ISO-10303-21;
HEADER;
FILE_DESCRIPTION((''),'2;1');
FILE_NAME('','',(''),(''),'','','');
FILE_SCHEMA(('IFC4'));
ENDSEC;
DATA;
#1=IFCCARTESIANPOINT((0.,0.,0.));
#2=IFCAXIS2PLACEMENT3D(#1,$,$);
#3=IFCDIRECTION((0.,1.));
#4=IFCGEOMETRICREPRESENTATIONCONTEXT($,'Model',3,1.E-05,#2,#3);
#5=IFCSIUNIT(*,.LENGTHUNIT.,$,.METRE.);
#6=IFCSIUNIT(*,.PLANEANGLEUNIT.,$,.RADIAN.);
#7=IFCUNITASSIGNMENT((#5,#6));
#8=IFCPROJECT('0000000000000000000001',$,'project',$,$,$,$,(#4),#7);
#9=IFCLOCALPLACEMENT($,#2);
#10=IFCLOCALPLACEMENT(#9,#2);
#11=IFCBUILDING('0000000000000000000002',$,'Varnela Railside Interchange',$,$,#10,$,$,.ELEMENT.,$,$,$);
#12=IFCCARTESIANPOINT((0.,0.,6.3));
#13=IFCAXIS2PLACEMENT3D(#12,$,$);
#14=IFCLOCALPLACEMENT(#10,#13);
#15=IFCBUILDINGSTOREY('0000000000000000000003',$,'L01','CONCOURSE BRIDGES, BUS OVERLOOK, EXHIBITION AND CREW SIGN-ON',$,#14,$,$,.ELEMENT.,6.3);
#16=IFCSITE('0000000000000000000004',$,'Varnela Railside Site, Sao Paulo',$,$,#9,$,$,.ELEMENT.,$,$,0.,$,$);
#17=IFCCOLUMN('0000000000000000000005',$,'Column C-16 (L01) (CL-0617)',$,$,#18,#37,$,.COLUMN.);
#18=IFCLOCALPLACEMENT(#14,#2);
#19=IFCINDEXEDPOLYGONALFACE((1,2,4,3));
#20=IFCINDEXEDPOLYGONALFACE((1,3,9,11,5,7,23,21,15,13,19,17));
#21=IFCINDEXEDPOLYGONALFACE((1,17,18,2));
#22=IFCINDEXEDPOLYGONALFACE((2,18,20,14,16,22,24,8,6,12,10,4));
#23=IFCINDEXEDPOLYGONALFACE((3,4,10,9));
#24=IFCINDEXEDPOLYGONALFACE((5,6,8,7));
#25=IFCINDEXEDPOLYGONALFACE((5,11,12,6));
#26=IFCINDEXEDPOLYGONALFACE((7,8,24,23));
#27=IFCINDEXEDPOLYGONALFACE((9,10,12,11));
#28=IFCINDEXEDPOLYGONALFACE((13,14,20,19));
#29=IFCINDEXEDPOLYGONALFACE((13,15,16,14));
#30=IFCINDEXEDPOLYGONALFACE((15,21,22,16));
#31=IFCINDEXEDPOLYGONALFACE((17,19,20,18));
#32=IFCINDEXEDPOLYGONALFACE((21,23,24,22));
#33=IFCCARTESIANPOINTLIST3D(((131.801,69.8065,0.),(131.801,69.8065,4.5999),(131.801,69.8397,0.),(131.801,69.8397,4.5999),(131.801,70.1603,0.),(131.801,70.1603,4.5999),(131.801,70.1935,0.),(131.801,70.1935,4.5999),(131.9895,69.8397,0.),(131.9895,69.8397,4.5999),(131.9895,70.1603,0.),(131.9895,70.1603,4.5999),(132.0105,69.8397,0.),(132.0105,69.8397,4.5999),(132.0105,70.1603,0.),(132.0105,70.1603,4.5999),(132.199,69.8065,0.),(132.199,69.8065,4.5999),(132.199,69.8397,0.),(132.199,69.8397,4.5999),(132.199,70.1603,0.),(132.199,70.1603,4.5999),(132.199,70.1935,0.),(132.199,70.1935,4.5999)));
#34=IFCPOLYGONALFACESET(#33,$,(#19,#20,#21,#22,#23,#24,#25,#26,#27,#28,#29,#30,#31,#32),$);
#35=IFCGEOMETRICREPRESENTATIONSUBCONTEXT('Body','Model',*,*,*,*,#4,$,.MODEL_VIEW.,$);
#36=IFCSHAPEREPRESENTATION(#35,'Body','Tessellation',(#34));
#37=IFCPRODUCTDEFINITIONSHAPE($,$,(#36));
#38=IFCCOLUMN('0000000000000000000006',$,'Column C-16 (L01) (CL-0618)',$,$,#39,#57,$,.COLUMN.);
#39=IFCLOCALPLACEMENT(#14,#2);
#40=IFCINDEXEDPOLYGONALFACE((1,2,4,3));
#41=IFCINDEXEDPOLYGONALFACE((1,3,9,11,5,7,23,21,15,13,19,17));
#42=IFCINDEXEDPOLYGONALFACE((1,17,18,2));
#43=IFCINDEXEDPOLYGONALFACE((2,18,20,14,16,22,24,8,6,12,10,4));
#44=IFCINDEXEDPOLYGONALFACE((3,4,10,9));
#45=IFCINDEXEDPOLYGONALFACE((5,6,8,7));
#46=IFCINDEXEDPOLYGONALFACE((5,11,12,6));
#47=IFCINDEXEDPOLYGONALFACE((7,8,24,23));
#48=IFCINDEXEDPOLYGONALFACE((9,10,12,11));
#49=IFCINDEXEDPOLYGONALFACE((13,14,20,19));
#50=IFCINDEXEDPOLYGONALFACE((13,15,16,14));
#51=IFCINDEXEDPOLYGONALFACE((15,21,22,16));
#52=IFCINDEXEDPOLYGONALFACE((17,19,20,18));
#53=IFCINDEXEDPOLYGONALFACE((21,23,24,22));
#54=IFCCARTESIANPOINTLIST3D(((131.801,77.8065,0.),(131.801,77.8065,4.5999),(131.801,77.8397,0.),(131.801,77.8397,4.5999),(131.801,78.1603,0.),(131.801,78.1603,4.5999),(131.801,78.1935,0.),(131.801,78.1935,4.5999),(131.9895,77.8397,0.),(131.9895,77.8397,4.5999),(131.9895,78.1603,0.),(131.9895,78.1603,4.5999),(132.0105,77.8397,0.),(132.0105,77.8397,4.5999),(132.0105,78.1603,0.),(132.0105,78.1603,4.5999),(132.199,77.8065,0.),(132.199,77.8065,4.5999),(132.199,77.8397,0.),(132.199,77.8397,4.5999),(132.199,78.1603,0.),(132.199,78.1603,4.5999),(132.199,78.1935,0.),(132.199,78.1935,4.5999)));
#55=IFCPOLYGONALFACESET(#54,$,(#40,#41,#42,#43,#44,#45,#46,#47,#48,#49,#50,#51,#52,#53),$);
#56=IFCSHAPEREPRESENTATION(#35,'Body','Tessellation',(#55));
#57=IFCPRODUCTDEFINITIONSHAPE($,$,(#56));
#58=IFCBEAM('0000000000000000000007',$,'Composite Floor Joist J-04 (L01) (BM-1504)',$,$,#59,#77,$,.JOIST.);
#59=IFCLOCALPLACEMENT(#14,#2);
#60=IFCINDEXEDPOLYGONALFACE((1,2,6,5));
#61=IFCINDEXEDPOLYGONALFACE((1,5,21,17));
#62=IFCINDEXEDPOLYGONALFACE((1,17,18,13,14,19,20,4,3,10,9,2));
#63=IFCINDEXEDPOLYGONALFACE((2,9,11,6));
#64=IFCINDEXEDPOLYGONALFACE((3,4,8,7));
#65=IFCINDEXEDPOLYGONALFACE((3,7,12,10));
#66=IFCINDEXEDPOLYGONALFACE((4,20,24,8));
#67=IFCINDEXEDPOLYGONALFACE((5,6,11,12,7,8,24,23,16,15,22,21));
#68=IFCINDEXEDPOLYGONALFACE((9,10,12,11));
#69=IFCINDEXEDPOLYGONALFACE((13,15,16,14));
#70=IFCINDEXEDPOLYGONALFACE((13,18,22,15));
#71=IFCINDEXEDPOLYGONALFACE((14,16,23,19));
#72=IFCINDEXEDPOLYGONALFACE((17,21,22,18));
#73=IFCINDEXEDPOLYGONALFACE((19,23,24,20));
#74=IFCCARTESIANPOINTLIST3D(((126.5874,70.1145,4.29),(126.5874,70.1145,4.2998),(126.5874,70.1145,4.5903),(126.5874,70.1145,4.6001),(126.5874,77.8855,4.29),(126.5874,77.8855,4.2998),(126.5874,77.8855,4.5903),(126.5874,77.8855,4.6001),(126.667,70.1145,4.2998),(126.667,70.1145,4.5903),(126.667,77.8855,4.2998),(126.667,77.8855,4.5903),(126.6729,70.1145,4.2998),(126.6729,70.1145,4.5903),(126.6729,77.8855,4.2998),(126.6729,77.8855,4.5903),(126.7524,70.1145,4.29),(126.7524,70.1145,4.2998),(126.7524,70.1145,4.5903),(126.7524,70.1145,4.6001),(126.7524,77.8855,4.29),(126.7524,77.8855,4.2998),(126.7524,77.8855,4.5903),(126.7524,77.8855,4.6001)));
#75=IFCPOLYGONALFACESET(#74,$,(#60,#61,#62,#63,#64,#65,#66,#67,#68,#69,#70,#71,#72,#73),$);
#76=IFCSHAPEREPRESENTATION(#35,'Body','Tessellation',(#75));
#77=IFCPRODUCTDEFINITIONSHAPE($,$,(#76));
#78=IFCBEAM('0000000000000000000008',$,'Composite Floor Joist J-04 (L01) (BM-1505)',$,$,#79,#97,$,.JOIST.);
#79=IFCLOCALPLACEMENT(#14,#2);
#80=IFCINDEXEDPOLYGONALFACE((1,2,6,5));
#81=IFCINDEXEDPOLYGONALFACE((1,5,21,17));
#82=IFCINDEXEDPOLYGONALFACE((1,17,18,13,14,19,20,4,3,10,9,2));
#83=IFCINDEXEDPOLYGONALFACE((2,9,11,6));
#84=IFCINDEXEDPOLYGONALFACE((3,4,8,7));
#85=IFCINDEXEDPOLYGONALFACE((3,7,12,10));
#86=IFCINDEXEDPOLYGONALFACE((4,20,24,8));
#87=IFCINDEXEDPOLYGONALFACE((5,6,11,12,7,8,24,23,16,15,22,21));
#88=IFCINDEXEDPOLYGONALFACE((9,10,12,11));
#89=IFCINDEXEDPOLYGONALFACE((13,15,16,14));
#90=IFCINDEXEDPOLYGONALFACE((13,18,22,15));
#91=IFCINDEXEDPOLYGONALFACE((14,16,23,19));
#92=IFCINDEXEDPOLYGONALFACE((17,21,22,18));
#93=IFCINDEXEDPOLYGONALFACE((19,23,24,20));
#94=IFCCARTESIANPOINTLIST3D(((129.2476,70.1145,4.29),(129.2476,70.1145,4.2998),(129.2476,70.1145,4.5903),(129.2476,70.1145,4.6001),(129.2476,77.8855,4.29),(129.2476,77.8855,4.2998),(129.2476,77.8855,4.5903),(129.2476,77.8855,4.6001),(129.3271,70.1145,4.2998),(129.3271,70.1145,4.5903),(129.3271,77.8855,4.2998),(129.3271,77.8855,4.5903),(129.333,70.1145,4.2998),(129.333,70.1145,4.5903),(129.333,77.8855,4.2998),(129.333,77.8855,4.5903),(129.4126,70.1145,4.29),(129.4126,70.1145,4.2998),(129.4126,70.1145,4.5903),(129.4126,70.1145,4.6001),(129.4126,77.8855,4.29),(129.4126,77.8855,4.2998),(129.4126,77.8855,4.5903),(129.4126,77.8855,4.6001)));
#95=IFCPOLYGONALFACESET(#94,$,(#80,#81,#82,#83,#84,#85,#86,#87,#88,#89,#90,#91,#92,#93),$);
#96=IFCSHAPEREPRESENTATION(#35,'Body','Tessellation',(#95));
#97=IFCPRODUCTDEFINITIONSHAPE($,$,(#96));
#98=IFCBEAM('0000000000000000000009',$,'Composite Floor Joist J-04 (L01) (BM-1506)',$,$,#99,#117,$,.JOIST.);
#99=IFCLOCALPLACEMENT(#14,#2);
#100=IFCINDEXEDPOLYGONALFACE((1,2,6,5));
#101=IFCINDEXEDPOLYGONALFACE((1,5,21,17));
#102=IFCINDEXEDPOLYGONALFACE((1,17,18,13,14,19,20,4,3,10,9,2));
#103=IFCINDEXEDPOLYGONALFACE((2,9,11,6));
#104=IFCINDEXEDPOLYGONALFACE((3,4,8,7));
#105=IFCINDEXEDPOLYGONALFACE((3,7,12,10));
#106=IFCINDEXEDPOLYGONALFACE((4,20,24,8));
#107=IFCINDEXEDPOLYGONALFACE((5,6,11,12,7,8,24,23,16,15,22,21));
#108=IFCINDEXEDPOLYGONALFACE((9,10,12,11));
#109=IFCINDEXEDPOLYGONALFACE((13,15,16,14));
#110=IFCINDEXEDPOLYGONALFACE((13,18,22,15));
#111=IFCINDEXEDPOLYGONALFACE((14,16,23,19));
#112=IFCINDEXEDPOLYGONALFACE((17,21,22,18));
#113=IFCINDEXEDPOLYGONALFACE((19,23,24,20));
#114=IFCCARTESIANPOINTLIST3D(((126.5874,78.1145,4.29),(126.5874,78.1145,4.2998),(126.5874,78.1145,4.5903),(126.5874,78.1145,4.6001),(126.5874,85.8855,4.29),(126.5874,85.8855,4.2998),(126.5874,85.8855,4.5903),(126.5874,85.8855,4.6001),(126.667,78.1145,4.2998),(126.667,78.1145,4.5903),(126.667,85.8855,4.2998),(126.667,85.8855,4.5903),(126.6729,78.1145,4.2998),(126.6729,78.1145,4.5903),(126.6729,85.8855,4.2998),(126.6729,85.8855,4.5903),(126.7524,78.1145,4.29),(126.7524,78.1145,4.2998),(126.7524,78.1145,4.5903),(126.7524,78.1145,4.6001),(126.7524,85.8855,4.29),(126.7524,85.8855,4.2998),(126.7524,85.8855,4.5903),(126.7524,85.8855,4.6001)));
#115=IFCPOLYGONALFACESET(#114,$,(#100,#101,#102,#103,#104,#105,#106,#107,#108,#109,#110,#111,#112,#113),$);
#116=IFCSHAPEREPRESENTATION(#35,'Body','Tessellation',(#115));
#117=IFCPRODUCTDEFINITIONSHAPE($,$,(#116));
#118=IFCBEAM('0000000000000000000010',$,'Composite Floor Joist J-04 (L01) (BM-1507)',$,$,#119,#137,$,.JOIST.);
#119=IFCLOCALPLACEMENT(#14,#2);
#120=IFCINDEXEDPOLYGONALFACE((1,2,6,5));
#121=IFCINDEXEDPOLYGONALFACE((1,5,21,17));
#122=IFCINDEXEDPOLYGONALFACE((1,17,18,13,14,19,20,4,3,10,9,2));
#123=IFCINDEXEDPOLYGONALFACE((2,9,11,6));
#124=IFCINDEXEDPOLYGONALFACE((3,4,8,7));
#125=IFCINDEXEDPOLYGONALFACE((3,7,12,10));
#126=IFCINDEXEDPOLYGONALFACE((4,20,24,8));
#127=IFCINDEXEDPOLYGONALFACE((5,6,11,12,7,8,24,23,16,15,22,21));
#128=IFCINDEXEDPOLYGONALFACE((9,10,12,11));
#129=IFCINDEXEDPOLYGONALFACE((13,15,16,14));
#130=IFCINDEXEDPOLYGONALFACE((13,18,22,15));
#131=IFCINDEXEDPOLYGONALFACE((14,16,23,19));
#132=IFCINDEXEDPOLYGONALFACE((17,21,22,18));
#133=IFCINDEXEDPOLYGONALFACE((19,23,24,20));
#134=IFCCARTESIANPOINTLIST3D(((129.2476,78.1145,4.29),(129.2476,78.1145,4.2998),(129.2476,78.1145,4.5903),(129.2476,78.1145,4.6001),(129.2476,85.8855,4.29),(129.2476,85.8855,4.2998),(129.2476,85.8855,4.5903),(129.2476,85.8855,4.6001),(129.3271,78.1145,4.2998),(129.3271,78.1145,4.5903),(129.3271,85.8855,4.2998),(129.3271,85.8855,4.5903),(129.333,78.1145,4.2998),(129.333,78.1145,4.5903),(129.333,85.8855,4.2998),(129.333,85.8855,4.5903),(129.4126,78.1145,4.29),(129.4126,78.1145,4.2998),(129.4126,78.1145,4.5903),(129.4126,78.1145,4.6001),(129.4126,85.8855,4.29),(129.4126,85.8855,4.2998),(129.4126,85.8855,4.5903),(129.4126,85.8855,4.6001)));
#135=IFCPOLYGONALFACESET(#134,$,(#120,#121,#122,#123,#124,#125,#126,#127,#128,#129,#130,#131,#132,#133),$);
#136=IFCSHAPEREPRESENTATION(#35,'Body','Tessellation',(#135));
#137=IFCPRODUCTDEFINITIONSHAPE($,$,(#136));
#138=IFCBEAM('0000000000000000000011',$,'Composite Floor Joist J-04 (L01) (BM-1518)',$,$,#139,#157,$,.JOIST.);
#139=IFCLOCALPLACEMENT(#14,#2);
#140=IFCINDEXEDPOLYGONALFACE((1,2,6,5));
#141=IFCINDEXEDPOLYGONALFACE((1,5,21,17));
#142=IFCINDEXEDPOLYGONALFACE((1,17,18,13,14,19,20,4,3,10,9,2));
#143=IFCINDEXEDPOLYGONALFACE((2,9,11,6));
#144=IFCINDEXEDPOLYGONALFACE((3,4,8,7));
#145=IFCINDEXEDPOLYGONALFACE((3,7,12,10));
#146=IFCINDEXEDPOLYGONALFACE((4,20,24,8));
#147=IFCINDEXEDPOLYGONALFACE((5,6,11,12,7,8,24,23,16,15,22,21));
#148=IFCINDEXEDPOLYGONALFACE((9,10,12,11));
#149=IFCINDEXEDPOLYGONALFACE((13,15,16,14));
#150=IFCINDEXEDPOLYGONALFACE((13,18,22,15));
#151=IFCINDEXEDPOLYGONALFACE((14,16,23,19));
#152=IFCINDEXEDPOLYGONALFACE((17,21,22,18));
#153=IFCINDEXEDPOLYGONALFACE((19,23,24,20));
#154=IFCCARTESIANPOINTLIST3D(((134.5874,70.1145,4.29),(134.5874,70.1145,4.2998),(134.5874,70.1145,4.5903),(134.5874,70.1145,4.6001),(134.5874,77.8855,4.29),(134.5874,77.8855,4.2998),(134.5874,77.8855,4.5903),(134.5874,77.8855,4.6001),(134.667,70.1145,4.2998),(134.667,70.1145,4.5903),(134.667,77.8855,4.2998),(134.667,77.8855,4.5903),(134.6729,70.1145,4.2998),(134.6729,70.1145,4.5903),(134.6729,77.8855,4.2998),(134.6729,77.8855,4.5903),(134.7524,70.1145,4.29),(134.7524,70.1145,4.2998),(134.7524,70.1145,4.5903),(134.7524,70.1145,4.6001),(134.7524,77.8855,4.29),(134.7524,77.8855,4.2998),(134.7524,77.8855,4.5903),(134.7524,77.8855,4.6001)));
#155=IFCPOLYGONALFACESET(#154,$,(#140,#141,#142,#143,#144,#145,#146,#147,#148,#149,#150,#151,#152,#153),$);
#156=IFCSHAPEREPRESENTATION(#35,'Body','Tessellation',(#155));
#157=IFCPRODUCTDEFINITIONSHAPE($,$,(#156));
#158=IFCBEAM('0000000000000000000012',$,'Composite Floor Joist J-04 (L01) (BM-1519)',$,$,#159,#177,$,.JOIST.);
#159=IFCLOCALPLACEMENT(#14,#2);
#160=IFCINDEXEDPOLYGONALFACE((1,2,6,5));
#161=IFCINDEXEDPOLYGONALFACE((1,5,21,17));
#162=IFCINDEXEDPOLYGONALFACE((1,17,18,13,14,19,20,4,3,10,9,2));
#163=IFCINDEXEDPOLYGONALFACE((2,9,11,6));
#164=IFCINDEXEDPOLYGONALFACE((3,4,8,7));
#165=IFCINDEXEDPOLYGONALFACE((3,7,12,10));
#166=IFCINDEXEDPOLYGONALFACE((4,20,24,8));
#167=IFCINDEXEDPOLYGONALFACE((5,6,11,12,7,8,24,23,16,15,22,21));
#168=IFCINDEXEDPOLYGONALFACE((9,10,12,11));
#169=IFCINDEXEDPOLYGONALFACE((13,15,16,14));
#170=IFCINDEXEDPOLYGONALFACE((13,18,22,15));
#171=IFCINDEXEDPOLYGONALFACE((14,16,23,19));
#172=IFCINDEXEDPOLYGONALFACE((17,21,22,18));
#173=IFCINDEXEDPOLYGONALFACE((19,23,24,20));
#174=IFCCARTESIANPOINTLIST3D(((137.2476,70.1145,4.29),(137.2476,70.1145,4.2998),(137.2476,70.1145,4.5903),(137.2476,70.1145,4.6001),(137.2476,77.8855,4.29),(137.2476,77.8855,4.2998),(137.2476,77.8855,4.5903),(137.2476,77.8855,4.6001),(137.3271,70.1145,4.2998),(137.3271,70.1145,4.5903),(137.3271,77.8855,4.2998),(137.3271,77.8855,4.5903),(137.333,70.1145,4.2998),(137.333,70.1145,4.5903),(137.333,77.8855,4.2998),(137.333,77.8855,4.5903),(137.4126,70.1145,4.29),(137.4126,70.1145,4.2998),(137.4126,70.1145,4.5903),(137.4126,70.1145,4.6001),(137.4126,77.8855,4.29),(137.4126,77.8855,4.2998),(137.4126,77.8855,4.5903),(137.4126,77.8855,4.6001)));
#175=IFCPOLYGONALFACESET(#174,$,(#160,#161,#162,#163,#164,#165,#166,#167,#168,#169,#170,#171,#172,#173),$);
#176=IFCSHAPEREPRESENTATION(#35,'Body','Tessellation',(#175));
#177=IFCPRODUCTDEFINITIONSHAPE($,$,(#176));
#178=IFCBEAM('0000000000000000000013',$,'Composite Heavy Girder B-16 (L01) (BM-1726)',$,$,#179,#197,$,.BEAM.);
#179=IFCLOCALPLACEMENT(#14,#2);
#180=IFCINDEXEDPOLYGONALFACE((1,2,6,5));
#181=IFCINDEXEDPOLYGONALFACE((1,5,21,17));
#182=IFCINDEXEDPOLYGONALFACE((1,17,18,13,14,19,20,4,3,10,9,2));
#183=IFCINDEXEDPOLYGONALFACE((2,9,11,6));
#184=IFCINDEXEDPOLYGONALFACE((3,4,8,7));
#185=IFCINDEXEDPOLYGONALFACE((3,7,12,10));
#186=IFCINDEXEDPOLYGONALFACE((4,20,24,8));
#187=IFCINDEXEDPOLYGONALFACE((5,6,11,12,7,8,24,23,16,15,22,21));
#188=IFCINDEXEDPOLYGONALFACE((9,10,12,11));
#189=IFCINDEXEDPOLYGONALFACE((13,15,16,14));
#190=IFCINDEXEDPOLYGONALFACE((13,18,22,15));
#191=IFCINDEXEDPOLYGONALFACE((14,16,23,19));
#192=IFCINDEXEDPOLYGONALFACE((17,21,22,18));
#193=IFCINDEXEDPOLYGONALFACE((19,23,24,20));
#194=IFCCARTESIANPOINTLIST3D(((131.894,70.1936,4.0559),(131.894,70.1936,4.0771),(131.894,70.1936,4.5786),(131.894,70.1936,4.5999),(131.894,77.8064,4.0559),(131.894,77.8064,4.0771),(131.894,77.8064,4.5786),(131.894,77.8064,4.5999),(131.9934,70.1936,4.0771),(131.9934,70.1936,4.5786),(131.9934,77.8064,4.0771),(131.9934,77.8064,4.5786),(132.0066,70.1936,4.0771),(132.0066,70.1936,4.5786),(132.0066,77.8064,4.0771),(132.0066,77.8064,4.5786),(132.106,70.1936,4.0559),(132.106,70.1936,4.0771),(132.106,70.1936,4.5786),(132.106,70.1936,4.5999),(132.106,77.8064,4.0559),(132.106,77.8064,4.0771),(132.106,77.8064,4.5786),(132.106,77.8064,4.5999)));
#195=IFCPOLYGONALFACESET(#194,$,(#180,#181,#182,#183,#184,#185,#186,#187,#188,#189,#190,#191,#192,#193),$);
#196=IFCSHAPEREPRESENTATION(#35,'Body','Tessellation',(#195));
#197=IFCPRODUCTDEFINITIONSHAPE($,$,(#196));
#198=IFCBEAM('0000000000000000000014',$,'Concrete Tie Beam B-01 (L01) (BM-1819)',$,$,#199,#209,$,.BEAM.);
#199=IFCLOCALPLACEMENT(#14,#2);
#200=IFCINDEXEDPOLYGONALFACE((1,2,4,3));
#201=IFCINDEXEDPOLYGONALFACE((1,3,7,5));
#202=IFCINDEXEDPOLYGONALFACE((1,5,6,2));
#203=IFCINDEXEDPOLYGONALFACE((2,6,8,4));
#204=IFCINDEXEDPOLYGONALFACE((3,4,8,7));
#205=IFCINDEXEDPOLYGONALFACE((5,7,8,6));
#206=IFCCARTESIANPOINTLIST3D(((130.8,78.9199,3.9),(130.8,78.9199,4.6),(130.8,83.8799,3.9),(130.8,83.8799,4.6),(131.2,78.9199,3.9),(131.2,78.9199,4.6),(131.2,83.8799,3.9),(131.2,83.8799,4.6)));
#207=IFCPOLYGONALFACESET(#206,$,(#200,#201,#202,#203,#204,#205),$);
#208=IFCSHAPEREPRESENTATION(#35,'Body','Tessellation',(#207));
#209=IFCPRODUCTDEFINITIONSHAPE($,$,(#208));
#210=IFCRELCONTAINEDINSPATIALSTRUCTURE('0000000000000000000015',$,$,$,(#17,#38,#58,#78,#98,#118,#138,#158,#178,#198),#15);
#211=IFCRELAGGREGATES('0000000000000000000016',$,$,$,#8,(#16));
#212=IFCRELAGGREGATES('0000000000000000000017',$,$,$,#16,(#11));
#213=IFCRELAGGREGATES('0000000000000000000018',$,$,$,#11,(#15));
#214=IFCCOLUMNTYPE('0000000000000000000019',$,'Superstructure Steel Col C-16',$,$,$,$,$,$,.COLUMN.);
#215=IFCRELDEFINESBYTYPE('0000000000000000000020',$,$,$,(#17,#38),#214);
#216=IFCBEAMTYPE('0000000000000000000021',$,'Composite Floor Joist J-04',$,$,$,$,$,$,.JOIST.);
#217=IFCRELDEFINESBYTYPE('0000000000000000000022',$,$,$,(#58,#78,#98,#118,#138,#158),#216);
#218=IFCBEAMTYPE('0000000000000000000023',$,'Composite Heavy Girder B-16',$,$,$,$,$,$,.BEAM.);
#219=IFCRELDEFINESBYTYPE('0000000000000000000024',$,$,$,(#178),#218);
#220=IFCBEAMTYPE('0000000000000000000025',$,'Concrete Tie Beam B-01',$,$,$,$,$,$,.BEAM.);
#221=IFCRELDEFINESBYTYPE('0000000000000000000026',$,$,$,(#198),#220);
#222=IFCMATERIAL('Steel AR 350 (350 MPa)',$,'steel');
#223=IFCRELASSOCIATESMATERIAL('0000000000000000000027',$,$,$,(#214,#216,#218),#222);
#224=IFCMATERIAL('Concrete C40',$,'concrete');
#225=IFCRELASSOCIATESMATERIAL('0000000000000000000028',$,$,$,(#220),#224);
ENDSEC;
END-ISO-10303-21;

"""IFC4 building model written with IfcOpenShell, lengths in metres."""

from ifc_helpers import new_model, si_unit, direction, frame, origin, origin_2d, place, context, subcontext, project, spatial, rectangle, i_section, extrude, material, material_profile, profile_set, type_object, element, save


model = new_model("IFC4")

# Units and contexts
model_context = context("Model", 3, precision=1e-05, world=origin(), true_north=direction((0.0, 1.0)))
body_context = subcontext(model_context, "Body", "Model", "MODEL_VIEW")
ifc_project = project(units=[si_unit("LENGTHUNIT", "METRE"), si_unit("PLANEANGLEUNIT", "RADIAN")], contexts=[model_context])

# Site, building, storey
site_placement = place(None, origin())
site = spatial("IfcSite", under=ifc_project, at=site_placement, Name="Varnela Railside Site, Sao Paulo", CompositionType="ELEMENT", RefElevation=0.0)
building_placement = place(site_placement, origin())
building = spatial("IfcBuilding", under=site, at=building_placement, Name="Varnela Railside Interchange", CompositionType="ELEMENT")
storey_placement = place(building_placement, frame((0.0, 0.0, 6.3)))
storey = spatial("IfcBuildingStorey", under=building, at=storey_placement, Name="L01", Description="CONCOURSE BRIDGES, BUS OVERLOOK, EXHIBITION AND CREW SIGN-ON", CompositionType="ELEMENT", Elevation=6.3)

# Columns
ifc_material_1 = material(Name="Steel AR 350 (350 MPa)", Category="steel")
ifc_material_profile_1 = material_profile(ifc_material_1, i_section(OverallWidth=0.3979, OverallDepth=0.387, WebThickness=0.021, FlangeThickness=0.0332, at=origin_2d()), Name="W360x262")
ifc_profile_set_1 = profile_set([ifc_material_profile_1], Name="Steel AR 350 (350 MPa)")
column_type = type_object("IfcColumnType", Name="Superstructure Steel Col C-16", PredefinedType="COLUMN", material=ifc_profile_set_1)
for number, where, z_axis, x_axis, name in (
    (1, (132.0, 70.0, 0.0), (0.0, 0.0, 1.0), (1.0, 0.0, 0.0), "Column C-16 (L01) (CL-0617)"),
    (2, (132.0, 78.0, 0.0), (0.0, 0.0, 1.0), (1.0, 0.0, 0.0), "Column C-16 (L01) (CL-0618)"),
):
    element("IfcColumn", number, at=place(storey_placement, frame(where, z_axis=z_axis, x_axis=x_axis)), inside=storey, type_object=column_type, Name=name, PredefinedType="COLUMN", context=body_context, shape_type="SweptSolid", body=[
        extrude(i_section(OverallWidth=0.3979, OverallDepth=0.387, WebThickness=0.021, FlangeThickness=0.0332, at=origin_2d()), origin(), (0.0, 0.0, 1.0), 4.5999),
    ])

# Beams
ifc_material_profile_2 = material_profile(ifc_material_1, i_section(OverallWidth=0.165, OverallDepth=0.3101, WebThickness=0.0059, FlangeThickness=0.0098, at=origin_2d()), Name="W310x38.7")
ifc_profile_set_2 = profile_set([ifc_material_profile_2], Name="Steel AR 350 (350 MPa)")
beam_type_1 = type_object("IfcBeamType", Name="Composite Floor Joist J-04", PredefinedType="JOIST", material=ifc_profile_set_2)
for number, where, z_axis, x_axis, name in (
    (3, (126.6699, 70.1145, 4.4451), (0.0, 1.0, 0.0), (-1.0, 0.0, 0.0), "Composite Floor Joist J-04 (L01) (BM-1504)"),
    (4, (129.3301, 70.1145, 4.4451), (0.0, 1.0, 0.0), (-1.0, 0.0, 0.0), "Composite Floor Joist J-04 (L01) (BM-1505)"),
    (5, (126.6699, 78.1145, 4.4451), (0.0, 1.0, 0.0), (-1.0, 0.0, 0.0), "Composite Floor Joist J-04 (L01) (BM-1506)"),
    (6, (129.3301, 78.1145, 4.4451), (0.0, 1.0, 0.0), (-1.0, 0.0, 0.0), "Composite Floor Joist J-04 (L01) (BM-1507)"),
    (7, (134.6699, 70.1145, 4.4451), (0.0, 1.0, 0.0), (-1.0, 0.0, 0.0), "Composite Floor Joist J-04 (L01) (BM-1518)"),
    (8, (137.3301, 70.1145, 4.4451), (0.0, 1.0, 0.0), (-1.0, 0.0, 0.0), "Composite Floor Joist J-04 (L01) (BM-1519)"),
):
    element("IfcBeam", number, at=place(storey_placement, frame(where, z_axis=z_axis, x_axis=x_axis)), inside=storey, type_object=beam_type_1, Name=name, PredefinedType="JOIST", context=body_context, shape_type="SweptSolid", body=[
        extrude(i_section(OverallWidth=0.165, OverallDepth=0.3101, WebThickness=0.0059, FlangeThickness=0.0098, at=origin_2d()), origin(), (0.0, 0.0, 1.0), 7.771),
    ])
ifc_material_profile_3 = material_profile(ifc_material_1, i_section(OverallWidth=0.2119, OverallDepth=0.5439, WebThickness=0.0132, FlangeThickness=0.0212, at=origin_2d()), Name="W530x123")
ifc_profile_set_3 = profile_set([ifc_material_profile_3], Name="Steel AR 350 (350 MPa)")
beam_type_2 = type_object("IfcBeamType", Name="Composite Heavy Girder B-16", PredefinedType="BEAM", material=ifc_profile_set_3)
beam_placement = place(storey_placement, frame((132.0, 70.1936, 4.3279), z_axis=(0.0, 1.0, 0.0), x_axis=(-1.0, 0.0, 0.0)))
element("IfcBeam", 9, at=beam_placement, inside=storey, type_object=beam_type_2, Name="Composite Heavy Girder B-16 (L01) (BM-1726)", PredefinedType="BEAM", context=body_context, shape_type="SweptSolid", body=[
    extrude(i_section(OverallWidth=0.2119, OverallDepth=0.5439, WebThickness=0.0132, FlangeThickness=0.0212, at=origin_2d()), origin(), (0.0, 0.0, 1.0), 7.6128),
])
ifc_material_2 = material(Name="Concrete C40", Category="concrete")
ifc_material_profile_4 = material_profile(ifc_material_2, rectangle(XDim=0.3999, YDim=0.7, at=origin_2d()), Name="RC 400x700")
ifc_profile_set_4 = profile_set([ifc_material_profile_4], Name="Concrete C40")
beam_type_3 = type_object("IfcBeamType", Name="Concrete Tie Beam B-01", PredefinedType="BEAM", material=ifc_profile_set_4)
for number, where, z_axis, x_axis, name in (
    (10, (131.0, 78.9199, 4.25), (0.0, 1.0, 0.0), (-1.0, 0.0, 0.0), "Concrete Tie Beam B-01 (L01) (BM-1819)"),
):
    element("IfcBeam", number, at=place(storey_placement, frame(where, z_axis=z_axis, x_axis=x_axis)), inside=storey, type_object=beam_type_3, Name=name, PredefinedType="BEAM", context=body_context, shape_type="SweptSolid", body=[
        extrude(rectangle(XDim=0.3999, YDim=0.7, at=origin_2d()), origin(), (0.0, 0.0, 1.0), 4.96),
    ])

save(model, "model.ifc")
